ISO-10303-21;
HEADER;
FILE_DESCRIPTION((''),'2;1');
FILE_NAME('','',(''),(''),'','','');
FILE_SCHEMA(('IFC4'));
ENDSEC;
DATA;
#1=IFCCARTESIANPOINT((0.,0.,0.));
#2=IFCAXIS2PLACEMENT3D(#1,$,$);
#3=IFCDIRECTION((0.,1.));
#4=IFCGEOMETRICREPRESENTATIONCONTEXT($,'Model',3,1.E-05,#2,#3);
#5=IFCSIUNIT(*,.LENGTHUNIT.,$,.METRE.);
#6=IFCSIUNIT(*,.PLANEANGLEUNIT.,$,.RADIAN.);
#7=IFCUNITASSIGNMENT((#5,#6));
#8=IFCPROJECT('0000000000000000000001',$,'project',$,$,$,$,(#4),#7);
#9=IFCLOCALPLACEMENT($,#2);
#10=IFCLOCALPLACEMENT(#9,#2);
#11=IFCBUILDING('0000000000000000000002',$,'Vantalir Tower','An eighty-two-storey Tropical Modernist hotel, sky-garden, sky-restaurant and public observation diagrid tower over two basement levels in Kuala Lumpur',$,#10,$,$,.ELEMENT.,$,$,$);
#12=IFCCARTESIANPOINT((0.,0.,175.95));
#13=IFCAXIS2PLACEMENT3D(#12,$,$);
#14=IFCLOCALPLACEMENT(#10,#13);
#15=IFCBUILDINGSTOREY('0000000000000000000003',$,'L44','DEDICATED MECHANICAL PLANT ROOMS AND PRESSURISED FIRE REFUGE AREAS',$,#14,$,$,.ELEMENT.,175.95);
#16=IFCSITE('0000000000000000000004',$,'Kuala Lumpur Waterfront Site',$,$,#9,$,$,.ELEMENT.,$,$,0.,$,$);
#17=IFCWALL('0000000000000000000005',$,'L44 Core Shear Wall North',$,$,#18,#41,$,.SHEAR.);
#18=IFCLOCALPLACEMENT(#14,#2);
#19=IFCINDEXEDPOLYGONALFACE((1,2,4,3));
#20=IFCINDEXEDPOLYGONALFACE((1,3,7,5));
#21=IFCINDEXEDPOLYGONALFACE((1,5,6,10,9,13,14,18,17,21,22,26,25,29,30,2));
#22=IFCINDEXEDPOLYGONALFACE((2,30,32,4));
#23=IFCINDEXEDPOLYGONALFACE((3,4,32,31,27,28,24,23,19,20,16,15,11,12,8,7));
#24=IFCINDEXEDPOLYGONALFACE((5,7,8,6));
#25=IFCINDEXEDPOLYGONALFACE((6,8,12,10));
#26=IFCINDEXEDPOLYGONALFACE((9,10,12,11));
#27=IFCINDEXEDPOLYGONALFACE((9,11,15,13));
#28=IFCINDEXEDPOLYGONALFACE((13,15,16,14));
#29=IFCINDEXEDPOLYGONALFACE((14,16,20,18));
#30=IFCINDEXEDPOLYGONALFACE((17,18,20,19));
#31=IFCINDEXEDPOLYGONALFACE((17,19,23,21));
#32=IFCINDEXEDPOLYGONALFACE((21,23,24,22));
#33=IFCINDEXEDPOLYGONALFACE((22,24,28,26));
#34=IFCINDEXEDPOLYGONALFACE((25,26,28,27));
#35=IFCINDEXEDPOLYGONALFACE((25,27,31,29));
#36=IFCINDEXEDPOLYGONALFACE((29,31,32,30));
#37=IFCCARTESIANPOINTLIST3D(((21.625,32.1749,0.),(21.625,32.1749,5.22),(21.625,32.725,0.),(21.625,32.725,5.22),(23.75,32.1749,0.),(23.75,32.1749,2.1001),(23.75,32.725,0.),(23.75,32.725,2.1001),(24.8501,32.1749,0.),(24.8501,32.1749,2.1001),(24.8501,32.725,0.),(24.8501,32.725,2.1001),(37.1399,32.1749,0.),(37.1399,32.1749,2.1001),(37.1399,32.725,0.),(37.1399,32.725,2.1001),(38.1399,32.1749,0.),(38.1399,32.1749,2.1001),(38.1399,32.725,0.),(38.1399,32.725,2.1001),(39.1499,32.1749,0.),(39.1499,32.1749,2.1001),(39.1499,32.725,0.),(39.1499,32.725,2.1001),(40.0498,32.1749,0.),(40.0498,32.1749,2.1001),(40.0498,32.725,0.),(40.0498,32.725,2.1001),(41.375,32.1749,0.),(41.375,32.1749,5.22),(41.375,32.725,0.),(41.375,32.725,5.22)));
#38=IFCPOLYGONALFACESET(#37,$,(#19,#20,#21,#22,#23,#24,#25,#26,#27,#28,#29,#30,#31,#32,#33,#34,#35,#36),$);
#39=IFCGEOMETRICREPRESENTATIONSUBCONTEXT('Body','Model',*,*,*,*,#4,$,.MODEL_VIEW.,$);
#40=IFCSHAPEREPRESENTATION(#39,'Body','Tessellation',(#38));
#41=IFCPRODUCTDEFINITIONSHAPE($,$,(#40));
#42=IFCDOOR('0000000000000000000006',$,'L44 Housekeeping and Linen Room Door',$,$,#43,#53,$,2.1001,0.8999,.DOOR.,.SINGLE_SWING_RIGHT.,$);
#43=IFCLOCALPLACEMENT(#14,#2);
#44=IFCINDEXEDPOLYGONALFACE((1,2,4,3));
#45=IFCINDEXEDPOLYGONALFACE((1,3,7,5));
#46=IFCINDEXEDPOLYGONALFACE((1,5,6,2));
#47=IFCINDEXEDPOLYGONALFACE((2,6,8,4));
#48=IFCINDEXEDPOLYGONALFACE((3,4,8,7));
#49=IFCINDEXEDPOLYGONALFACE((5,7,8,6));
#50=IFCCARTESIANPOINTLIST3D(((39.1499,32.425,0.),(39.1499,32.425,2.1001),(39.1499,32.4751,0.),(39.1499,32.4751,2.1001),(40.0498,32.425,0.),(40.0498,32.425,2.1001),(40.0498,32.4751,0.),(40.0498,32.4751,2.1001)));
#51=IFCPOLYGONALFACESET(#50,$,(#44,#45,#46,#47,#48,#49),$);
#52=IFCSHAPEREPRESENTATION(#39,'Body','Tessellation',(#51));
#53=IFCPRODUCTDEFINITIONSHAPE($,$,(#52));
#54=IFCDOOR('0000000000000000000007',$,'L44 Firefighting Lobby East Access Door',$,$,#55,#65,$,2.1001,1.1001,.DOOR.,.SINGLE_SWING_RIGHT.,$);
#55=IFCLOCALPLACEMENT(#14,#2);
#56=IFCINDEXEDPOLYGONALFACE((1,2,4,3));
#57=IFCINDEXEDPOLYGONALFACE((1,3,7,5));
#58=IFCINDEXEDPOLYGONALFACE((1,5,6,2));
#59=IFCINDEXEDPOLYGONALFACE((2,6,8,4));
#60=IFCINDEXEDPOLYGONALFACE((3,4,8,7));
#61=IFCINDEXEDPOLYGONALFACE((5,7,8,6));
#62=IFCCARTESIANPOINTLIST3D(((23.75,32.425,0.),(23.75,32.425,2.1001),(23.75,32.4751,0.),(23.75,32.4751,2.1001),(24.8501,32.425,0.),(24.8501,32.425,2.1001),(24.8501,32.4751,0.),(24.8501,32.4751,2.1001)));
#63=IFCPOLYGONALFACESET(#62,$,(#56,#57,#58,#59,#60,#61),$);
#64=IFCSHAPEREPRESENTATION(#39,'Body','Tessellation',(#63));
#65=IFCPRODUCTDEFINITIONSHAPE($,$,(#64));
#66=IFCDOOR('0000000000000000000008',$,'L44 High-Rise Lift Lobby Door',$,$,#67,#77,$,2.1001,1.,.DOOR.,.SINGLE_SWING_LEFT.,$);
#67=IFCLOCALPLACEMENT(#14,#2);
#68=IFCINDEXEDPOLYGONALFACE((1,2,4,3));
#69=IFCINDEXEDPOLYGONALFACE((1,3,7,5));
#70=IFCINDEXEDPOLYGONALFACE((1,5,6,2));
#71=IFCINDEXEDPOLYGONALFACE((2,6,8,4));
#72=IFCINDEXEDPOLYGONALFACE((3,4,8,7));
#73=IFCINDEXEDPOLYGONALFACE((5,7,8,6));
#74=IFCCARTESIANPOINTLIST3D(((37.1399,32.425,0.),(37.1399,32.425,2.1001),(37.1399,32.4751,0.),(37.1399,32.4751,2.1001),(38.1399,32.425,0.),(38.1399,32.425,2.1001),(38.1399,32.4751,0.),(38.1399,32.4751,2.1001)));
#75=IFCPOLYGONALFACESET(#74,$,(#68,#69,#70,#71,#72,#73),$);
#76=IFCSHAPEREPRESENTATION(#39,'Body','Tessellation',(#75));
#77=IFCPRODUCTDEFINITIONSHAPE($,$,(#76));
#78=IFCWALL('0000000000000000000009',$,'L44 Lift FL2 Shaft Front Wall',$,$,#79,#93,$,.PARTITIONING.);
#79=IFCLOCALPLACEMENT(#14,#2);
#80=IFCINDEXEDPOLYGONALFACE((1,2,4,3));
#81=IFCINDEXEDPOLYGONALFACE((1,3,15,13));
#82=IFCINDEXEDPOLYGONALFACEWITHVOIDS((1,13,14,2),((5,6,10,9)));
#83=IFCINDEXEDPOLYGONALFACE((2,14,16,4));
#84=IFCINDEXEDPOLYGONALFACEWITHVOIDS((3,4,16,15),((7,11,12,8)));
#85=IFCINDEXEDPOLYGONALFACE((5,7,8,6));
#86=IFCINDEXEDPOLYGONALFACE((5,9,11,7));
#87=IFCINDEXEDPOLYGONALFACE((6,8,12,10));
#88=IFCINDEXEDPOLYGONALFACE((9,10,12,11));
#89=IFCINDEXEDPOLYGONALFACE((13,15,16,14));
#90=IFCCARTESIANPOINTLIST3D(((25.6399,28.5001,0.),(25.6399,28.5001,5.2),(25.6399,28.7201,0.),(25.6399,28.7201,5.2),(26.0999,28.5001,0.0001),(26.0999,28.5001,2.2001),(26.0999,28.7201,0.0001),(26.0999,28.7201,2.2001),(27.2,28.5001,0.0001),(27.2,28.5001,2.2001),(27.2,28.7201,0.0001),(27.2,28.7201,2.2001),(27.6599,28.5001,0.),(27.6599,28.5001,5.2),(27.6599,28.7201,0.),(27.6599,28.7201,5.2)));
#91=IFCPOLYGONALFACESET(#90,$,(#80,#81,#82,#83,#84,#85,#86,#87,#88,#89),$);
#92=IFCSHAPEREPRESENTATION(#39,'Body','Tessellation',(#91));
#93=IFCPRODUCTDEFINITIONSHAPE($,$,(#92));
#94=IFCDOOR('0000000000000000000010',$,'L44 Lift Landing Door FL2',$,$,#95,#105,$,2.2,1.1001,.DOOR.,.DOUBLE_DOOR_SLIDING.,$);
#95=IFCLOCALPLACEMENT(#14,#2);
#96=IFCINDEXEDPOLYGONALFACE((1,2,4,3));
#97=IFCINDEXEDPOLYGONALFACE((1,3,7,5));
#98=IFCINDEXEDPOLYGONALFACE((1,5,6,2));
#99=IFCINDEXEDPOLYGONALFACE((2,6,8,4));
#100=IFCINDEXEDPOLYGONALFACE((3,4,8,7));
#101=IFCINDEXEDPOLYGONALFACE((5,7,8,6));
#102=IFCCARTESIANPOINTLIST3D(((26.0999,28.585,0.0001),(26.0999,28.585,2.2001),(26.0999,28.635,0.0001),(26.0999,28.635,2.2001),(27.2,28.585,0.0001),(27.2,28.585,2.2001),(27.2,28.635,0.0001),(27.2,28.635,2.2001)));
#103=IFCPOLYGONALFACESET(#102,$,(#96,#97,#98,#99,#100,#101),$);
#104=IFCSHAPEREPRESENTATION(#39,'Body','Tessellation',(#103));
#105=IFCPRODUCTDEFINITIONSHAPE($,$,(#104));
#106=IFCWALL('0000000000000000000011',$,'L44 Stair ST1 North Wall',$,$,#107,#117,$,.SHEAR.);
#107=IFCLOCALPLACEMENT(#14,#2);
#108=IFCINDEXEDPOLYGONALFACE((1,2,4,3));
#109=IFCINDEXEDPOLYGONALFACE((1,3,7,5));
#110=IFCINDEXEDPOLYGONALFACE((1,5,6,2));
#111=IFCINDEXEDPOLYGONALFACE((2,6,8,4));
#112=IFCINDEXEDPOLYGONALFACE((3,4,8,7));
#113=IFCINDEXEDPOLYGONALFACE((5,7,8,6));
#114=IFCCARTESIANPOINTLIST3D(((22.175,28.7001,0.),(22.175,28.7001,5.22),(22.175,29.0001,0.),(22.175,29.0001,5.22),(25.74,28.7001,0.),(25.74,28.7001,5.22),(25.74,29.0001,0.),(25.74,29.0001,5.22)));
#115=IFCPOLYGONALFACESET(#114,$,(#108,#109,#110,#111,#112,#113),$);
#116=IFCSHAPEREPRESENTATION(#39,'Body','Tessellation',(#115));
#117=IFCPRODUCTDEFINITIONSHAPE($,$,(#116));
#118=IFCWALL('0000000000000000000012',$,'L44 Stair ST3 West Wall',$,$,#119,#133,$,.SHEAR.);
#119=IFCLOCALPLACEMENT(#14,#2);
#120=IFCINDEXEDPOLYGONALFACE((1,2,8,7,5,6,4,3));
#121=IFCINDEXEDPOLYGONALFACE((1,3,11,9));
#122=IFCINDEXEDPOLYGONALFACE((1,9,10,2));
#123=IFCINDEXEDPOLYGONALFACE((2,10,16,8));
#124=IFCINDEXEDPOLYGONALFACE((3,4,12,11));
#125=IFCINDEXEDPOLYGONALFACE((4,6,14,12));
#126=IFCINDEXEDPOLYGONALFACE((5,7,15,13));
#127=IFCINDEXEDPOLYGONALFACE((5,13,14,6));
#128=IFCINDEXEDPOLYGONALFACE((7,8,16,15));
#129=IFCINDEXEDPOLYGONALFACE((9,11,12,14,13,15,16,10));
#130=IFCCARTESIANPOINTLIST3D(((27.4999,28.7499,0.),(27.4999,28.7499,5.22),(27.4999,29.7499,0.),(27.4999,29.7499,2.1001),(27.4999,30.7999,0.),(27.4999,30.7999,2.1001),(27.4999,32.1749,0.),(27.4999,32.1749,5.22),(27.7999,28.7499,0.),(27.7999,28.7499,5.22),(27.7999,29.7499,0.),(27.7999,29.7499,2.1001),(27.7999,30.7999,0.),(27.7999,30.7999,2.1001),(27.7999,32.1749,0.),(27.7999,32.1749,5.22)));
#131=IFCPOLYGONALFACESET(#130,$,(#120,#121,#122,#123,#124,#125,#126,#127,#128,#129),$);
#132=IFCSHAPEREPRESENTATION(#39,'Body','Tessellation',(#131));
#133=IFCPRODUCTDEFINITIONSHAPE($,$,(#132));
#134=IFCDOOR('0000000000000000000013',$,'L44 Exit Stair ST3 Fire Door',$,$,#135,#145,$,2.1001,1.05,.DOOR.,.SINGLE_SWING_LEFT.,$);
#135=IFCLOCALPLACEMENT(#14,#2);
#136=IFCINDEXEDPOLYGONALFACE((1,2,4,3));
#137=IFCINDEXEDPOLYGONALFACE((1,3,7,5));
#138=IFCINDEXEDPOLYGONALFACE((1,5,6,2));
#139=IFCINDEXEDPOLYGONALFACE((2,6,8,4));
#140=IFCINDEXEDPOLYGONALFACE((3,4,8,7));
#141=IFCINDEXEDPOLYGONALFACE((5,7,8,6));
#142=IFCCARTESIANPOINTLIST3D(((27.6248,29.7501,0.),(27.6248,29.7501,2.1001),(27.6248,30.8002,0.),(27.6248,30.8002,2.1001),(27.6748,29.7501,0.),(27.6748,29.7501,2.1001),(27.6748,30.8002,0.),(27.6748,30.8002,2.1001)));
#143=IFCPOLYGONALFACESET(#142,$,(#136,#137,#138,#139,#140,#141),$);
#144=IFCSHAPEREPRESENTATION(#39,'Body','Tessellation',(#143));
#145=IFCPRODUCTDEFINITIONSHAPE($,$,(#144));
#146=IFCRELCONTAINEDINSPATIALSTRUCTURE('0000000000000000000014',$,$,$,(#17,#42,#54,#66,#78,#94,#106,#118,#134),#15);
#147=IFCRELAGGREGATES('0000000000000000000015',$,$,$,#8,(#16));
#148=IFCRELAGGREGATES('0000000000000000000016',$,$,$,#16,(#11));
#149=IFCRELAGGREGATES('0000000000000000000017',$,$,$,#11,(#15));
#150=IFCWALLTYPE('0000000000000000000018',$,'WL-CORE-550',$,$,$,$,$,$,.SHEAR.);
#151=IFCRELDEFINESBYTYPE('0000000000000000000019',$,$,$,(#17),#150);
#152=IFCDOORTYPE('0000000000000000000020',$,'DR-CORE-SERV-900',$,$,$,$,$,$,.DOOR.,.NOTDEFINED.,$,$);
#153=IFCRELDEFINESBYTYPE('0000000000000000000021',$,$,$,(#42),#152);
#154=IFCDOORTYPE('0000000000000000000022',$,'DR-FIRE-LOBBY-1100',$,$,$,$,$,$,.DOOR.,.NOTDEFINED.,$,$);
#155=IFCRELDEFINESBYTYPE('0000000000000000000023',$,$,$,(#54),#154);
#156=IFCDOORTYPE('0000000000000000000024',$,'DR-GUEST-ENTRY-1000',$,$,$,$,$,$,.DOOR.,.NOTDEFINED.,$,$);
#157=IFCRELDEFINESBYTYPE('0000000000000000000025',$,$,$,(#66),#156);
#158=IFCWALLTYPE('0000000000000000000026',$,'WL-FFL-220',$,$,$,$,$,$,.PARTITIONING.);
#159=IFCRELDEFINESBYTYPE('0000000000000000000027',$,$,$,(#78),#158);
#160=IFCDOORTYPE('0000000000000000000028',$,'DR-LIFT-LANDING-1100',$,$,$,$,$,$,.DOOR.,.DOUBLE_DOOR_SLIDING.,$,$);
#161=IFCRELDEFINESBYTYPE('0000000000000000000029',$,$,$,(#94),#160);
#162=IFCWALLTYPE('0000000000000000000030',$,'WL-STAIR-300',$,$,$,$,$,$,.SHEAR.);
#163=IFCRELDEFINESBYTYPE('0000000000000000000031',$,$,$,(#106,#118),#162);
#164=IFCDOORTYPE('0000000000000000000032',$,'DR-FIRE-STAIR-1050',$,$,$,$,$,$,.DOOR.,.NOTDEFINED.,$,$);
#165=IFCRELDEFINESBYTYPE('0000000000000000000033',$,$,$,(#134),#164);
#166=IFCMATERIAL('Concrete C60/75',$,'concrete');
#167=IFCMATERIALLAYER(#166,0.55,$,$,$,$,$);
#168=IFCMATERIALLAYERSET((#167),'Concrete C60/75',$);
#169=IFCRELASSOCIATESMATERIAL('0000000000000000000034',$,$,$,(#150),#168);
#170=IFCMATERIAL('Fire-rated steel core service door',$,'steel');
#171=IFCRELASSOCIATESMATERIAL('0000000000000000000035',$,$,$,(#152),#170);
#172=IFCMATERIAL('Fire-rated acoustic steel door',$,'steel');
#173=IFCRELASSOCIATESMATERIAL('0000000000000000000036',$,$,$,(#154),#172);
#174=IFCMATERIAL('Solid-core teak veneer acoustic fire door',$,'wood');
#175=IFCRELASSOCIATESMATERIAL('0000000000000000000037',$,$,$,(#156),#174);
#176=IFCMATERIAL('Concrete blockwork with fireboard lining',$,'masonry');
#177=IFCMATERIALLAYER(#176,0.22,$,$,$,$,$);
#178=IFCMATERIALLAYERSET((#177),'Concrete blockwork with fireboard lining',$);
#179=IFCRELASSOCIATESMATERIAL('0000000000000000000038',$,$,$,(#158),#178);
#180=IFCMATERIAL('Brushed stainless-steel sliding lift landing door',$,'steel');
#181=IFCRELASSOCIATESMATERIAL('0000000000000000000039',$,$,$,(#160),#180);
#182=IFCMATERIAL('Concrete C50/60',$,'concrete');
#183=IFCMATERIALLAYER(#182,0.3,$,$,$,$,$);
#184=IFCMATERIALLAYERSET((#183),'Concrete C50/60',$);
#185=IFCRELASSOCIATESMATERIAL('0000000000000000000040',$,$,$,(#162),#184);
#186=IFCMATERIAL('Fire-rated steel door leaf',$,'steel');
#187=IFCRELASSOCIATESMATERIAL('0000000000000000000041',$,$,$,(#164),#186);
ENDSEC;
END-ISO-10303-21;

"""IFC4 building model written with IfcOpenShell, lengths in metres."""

from ifc_helpers import new_model, si_unit, direction, frame, frame_2d, origin, place, context, subcontext, project, spatial, rectangle, extrude, material, layer, layer_set, type_object, element, fill, save


model = new_model("IFC4")

# Units and contexts
model_context = context("Model", 3, precision=1e-05, world=origin(), true_north=direction((0.0, 1.0)))
body_context = subcontext(model_context, "Body", "Model", "MODEL_VIEW")
ifc_project = project(units=[si_unit("LENGTHUNIT", "METRE"), si_unit("PLANEANGLEUNIT", "RADIAN")], contexts=[model_context])

# Site, building, storey
site_placement = place(None, origin())
site = spatial("IfcSite", under=ifc_project, at=site_placement, Name="Kuala Lumpur Waterfront Site", CompositionType="ELEMENT", RefElevation=0.0)
building_placement = place(site_placement, origin())
building = spatial("IfcBuilding", under=site, at=building_placement, Name="Vantalir Tower", Description="An eighty-two-storey Tropical Modernist hotel, sky-garden, sky-restaurant and public observation diagrid tower over two basement levels in Kuala Lumpur", CompositionType="ELEMENT")
storey_placement = place(building_placement, frame((0.0, 0.0, 175.95)))
storey = spatial("IfcBuildingStorey", under=building, at=storey_placement, Name="L44", Description="DEDICATED MECHANICAL PLANT ROOMS AND PRESSURISED FIRE REFUGE AREAS", CompositionType="ELEMENT", Elevation=175.95)

# Shared definitions
ifc_material_1 = material(Name="Concrete C60/75", Category="concrete")

# Wall, openings, doors
ifc_layer_1 = layer(ifc_material_1, 0.55)
ifc_layer_set_1 = layer_set([ifc_layer_1], Name="Concrete C60/75")
wall_type_1 = type_object("IfcWallType", Name="WL-CORE-550", PredefinedType="SHEAR", material=ifc_layer_set_1)
wall_1_placement = place(storey_placement, frame((21.625, 32.45, 0.0), z_axis=(0.0, 0.0, 1.0), x_axis=(1.0, 0.0, 0.0)))
wall_1 = element("IfcWall", 1, at=wall_1_placement, inside=storey, type_object=wall_type_1, Name="L44 Core Shear Wall North", PredefinedType="SHEAR", context=body_context, shape_type="SweptSolid", body=[
    extrude(rectangle(XDim=19.75, YDim=0.55, at=frame_2d((9.875, 0.0))), origin(), (0.0, 0.0, 1.0), 5.22),
])
opening_1_placement = place(wall_1_placement, frame((2.125, 0.0, 0.0)))
opening_1 = element("IfcOpeningElement", 2, at=opening_1_placement, cuts=wall_1, PredefinedType="OPENING", context=body_context, shape_type="SweptSolid", body=[
    extrude(rectangle(XDim=1.1001, YDim=2.1001, at=frame_2d((0.55, 1.05))), frame((0.0, 0.2849, 0.0), z_axis=(0.0, -1.0, 0.0), x_axis=(1.0, 0.0, 0.0)), (0.0, 0.0, 1.0), 0.5701),
])
opening_2_placement = place(wall_1_placement, frame((15.5149, 0.0, 0.0)))
opening_2 = element("IfcOpeningElement", 3, at=opening_2_placement, cuts=wall_1, PredefinedType="OPENING", context=body_context, shape_type="SweptSolid", body=[
    extrude(rectangle(XDim=1.0, YDim=2.1001, at=frame_2d((0.5, 1.05))), frame((0.0, 0.2849, 0.0), z_axis=(0.0, -1.0, 0.0), x_axis=(1.0, 0.0, 0.0)), (0.0, 0.0, 1.0), 0.5701),
])
opening_3_placement = place(wall_1_placement, frame((17.5249, 0.0, 0.0)))
opening_3 = element("IfcOpeningElement", 4, at=opening_3_placement, cuts=wall_1, PredefinedType="OPENING", context=body_context, shape_type="SweptSolid", body=[
    extrude(rectangle(XDim=0.8999, YDim=2.1001, at=frame_2d((0.45, 1.05))), frame((0.0, 0.2849, 0.0), z_axis=(0.0, -1.0, 0.0), x_axis=(1.0, 0.0, 0.0)), (0.0, 0.0, 1.0), 0.5701),
])
ifc_material_2 = material(Name="Fire-rated steel core service door", Category="steel")
door_type_1 = type_object("IfcDoorType", Name="DR-CORE-SERV-900", OperationType="NOTDEFINED", PredefinedType="DOOR", material=ifc_material_2)
door_1_placement = place(opening_3_placement, frame((0.8999, 0.0, 0.0), z_axis=(0.0, 0.0, 1.0), x_axis=(-1.0, 0.0, 0.0)))
door_1 = element("IfcDoor", 5, at=door_1_placement, inside=storey, type_object=door_type_1, Name="L44 Housekeeping and Linen Room Door", OperationType="SINGLE_SWING_RIGHT", OverallHeight=2.1001, OverallWidth=0.8999, PredefinedType="DOOR", context=body_context, shape_type="SweptSolid", body=[
    extrude(rectangle(XDim=0.8999, YDim=2.1001, at=frame_2d((0.45, 1.05))), frame((0.0, 0.0249, 0.0), z_axis=(0.0, -1.0, 0.0), x_axis=(1.0, 0.0, 0.0)), (0.0, 0.0, 1.0), 0.05),
])
fill(opening_3, door_1)
ifc_material_3 = material(Name="Fire-rated acoustic steel door", Category="steel")
door_type_2 = type_object("IfcDoorType", Name="DR-FIRE-LOBBY-1100", OperationType="NOTDEFINED", PredefinedType="DOOR", material=ifc_material_3)
door_2_placement = place(opening_1_placement, frame((1.1001, 0.0, 0.0), z_axis=(0.0, 0.0, 1.0), x_axis=(-1.0, 0.0, 0.0)))
door_2 = element("IfcDoor", 6, at=door_2_placement, inside=storey, type_object=door_type_2, Name="L44 Firefighting Lobby East Access Door", OperationType="SINGLE_SWING_RIGHT", OverallHeight=2.1001, OverallWidth=1.1001, PredefinedType="DOOR", context=body_context, shape_type="SweptSolid", body=[
    extrude(rectangle(XDim=1.1001, YDim=2.1001, at=frame_2d((0.55, 1.05))), frame((0.0, 0.0249, 0.0), z_axis=(0.0, -1.0, 0.0), x_axis=(1.0, 0.0, 0.0)), (0.0, 0.0, 1.0), 0.05),
])
fill(opening_1, door_2)
ifc_material_4 = material(Name="Solid-core teak veneer acoustic fire door", Category="wood")
door_type_3 = type_object("IfcDoorType", Name="DR-GUEST-ENTRY-1000", OperationType="NOTDEFINED", PredefinedType="DOOR", material=ifc_material_4)
door_3_placement = place(opening_2_placement, frame((1.0, 0.0, 0.0), z_axis=(0.0, 0.0, 1.0), x_axis=(-1.0, 0.0, 0.0)))
door_3 = element("IfcDoor", 7, at=door_3_placement, inside=storey, type_object=door_type_3, Name="L44 High-Rise Lift Lobby Door", OperationType="SINGLE_SWING_LEFT", OverallHeight=2.1001, OverallWidth=1.0, PredefinedType="DOOR", context=body_context, shape_type="SweptSolid", body=[
    extrude(rectangle(XDim=1.0, YDim=2.1001, at=frame_2d((0.5, 1.05))), frame((0.0, 0.0249, 0.0), z_axis=(0.0, -1.0, 0.0), x_axis=(1.0, 0.0, 0.0)), (0.0, 0.0, 1.0), 0.05),
])
fill(opening_2, door_3)

# Wall, opening, door
ifc_material_5 = material(Name="Concrete blockwork with fireboard lining", Category="masonry")
ifc_layer_2 = layer(ifc_material_5, 0.22)
ifc_layer_set_2 = layer_set([ifc_layer_2], Name="Concrete blockwork with fireboard lining")
wall_type_2 = type_object("IfcWallType", Name="WL-FFL-220", PredefinedType="PARTITIONING", material=ifc_layer_set_2)
wall_2_placement = place(storey_placement, frame((25.6399, 28.6101, 0.0), z_axis=(0.0, 0.0, 1.0), x_axis=(1.0, 0.0, 0.0)))
wall_2 = element("IfcWall", 8, at=wall_2_placement, inside=storey, type_object=wall_type_2, Name="L44 Lift FL2 Shaft Front Wall", PredefinedType="PARTITIONING", context=body_context, shape_type="SweptSolid", body=[
    extrude(rectangle(XDim=2.02, YDim=0.22, at=frame_2d((1.01, 0.0))), origin(), (0.0, 0.0, 1.0), 5.2),
])
opening_4_placement = place(wall_2_placement, frame((0.46, 0.0, 0.0)))
opening_4 = element("IfcOpeningElement", 9, at=opening_4_placement, cuts=wall_2, PredefinedType="OPENING", context=body_context, shape_type="SweptSolid", body=[
    extrude(rectangle(XDim=1.1001, YDim=2.2, at=frame_2d((0.55, 1.1001))), frame((0.0, 0.1199, 0.0), z_axis=(0.0, -1.0, 0.0), x_axis=(1.0, 0.0, 0.0)), (0.0, 0.0, 1.0), 0.24),
])
ifc_material_6 = material(Name="Brushed stainless-steel sliding lift landing door", Category="steel")
door_type_4 = type_object("IfcDoorType", Name="DR-LIFT-LANDING-1100", OperationType="DOUBLE_DOOR_SLIDING", PredefinedType="DOOR", material=ifc_material_6)
door_4_placement = place(opening_4_placement, origin())
door_4 = element("IfcDoor", 10, at=door_4_placement, inside=storey, type_object=door_type_4, Name="L44 Lift Landing Door FL2", OperationType="DOUBLE_DOOR_SLIDING", OverallHeight=2.2, OverallWidth=1.1001, PredefinedType="DOOR", context=body_context, shape_type="SweptSolid", body=[
    extrude(rectangle(XDim=1.1001, YDim=2.2, at=frame_2d((0.55, 1.1001))), frame((0.0, 0.0249, 0.0), z_axis=(0.0, -1.0, 0.0), x_axis=(1.0, 0.0, 0.0)), (0.0, 0.0, 1.0), 0.05),
])
fill(opening_4, door_4)

# Wall
ifc_material_7 = material(Name="Concrete C50/60", Category="concrete")
ifc_layer_3 = layer(ifc_material_7, 0.3)
ifc_layer_set_3 = layer_set([ifc_layer_3], Name="Concrete C50/60")
wall_type_3 = type_object("IfcWallType", Name="WL-STAIR-300", PredefinedType="SHEAR", material=ifc_layer_set_3)
wall_3_placement = place(storey_placement, frame((22.175, 28.8501, 0.0), z_axis=(0.0, 0.0, 1.0), x_axis=(1.0, 0.0, 0.0)))
element("IfcWall", 11, at=wall_3_placement, inside=storey, type_object=wall_type_3, Name="L44 Stair ST1 North Wall", PredefinedType="SHEAR", context=body_context, shape_type="SweptSolid", body=[
    extrude(rectangle(XDim=3.5649, YDim=0.3, at=frame_2d((1.7825, 0.0))), origin(), (0.0, 0.0, 1.0), 5.22),
])

# Wall, opening, door
wall_4_placement = place(storey_placement, frame((27.6499, 28.75, 0.0), z_axis=(0.0, 0.0, 1.0), x_axis=(0.0, 1.0, 0.0)))
wall_4 = element("IfcWall", 12, at=wall_4_placement, inside=storey, type_object=wall_type_3, Name="L44 Stair ST3 West Wall", PredefinedType="SHEAR", context=body_context, shape_type="SweptSolid", body=[
    extrude(rectangle(XDim=3.425, YDim=0.3, at=frame_2d((1.7124, 0.0))), origin(), (0.0, 0.0, 1.0), 5.22),
])
opening_5_placement = place(wall_4_placement, frame((1.0, 0.0, 0.0)))
opening_5 = element("IfcOpeningElement", 13, at=opening_5_placement, cuts=wall_4, PredefinedType="OPENING", context=body_context, shape_type="SweptSolid", body=[
    extrude(rectangle(XDim=1.05, YDim=2.1001, at=frame_2d((0.5249, 1.05))), frame((0.0, 0.1599, 0.0), z_axis=(0.0, -1.0, 0.0), x_axis=(1.0, 0.0, 0.0)), (0.0, 0.0, 1.0), 0.3201),
])
ifc_material_8 = material(Name="Fire-rated steel door leaf", Category="steel")
door_type_5 = type_object("IfcDoorType", Name="DR-FIRE-STAIR-1050", OperationType="NOTDEFINED", PredefinedType="DOOR", material=ifc_material_8)
door_5_placement = place(opening_5_placement, frame((1.05, 0.0, 0.0), z_axis=(0.0, 0.0, 1.0), x_axis=(-1.0, 0.0, 0.0)))
door_5 = element("IfcDoor", 14, at=door_5_placement, inside=storey, type_object=door_type_5, Name="L44 Exit Stair ST3 Fire Door", OperationType="SINGLE_SWING_LEFT", OverallHeight=2.1001, OverallWidth=1.05, PredefinedType="DOOR", context=body_context, shape_type="SweptSolid", body=[
    extrude(rectangle(XDim=1.05, YDim=2.1001, at=frame_2d((0.5249, 1.05))), frame((0.0, 0.0249, 0.0), z_axis=(0.0, -1.0, 0.0), x_axis=(1.0, 0.0, 0.0)), (0.0, 0.0, 1.0), 0.05),
])
fill(opening_5, door_5)

save(model, "model.ifc")
